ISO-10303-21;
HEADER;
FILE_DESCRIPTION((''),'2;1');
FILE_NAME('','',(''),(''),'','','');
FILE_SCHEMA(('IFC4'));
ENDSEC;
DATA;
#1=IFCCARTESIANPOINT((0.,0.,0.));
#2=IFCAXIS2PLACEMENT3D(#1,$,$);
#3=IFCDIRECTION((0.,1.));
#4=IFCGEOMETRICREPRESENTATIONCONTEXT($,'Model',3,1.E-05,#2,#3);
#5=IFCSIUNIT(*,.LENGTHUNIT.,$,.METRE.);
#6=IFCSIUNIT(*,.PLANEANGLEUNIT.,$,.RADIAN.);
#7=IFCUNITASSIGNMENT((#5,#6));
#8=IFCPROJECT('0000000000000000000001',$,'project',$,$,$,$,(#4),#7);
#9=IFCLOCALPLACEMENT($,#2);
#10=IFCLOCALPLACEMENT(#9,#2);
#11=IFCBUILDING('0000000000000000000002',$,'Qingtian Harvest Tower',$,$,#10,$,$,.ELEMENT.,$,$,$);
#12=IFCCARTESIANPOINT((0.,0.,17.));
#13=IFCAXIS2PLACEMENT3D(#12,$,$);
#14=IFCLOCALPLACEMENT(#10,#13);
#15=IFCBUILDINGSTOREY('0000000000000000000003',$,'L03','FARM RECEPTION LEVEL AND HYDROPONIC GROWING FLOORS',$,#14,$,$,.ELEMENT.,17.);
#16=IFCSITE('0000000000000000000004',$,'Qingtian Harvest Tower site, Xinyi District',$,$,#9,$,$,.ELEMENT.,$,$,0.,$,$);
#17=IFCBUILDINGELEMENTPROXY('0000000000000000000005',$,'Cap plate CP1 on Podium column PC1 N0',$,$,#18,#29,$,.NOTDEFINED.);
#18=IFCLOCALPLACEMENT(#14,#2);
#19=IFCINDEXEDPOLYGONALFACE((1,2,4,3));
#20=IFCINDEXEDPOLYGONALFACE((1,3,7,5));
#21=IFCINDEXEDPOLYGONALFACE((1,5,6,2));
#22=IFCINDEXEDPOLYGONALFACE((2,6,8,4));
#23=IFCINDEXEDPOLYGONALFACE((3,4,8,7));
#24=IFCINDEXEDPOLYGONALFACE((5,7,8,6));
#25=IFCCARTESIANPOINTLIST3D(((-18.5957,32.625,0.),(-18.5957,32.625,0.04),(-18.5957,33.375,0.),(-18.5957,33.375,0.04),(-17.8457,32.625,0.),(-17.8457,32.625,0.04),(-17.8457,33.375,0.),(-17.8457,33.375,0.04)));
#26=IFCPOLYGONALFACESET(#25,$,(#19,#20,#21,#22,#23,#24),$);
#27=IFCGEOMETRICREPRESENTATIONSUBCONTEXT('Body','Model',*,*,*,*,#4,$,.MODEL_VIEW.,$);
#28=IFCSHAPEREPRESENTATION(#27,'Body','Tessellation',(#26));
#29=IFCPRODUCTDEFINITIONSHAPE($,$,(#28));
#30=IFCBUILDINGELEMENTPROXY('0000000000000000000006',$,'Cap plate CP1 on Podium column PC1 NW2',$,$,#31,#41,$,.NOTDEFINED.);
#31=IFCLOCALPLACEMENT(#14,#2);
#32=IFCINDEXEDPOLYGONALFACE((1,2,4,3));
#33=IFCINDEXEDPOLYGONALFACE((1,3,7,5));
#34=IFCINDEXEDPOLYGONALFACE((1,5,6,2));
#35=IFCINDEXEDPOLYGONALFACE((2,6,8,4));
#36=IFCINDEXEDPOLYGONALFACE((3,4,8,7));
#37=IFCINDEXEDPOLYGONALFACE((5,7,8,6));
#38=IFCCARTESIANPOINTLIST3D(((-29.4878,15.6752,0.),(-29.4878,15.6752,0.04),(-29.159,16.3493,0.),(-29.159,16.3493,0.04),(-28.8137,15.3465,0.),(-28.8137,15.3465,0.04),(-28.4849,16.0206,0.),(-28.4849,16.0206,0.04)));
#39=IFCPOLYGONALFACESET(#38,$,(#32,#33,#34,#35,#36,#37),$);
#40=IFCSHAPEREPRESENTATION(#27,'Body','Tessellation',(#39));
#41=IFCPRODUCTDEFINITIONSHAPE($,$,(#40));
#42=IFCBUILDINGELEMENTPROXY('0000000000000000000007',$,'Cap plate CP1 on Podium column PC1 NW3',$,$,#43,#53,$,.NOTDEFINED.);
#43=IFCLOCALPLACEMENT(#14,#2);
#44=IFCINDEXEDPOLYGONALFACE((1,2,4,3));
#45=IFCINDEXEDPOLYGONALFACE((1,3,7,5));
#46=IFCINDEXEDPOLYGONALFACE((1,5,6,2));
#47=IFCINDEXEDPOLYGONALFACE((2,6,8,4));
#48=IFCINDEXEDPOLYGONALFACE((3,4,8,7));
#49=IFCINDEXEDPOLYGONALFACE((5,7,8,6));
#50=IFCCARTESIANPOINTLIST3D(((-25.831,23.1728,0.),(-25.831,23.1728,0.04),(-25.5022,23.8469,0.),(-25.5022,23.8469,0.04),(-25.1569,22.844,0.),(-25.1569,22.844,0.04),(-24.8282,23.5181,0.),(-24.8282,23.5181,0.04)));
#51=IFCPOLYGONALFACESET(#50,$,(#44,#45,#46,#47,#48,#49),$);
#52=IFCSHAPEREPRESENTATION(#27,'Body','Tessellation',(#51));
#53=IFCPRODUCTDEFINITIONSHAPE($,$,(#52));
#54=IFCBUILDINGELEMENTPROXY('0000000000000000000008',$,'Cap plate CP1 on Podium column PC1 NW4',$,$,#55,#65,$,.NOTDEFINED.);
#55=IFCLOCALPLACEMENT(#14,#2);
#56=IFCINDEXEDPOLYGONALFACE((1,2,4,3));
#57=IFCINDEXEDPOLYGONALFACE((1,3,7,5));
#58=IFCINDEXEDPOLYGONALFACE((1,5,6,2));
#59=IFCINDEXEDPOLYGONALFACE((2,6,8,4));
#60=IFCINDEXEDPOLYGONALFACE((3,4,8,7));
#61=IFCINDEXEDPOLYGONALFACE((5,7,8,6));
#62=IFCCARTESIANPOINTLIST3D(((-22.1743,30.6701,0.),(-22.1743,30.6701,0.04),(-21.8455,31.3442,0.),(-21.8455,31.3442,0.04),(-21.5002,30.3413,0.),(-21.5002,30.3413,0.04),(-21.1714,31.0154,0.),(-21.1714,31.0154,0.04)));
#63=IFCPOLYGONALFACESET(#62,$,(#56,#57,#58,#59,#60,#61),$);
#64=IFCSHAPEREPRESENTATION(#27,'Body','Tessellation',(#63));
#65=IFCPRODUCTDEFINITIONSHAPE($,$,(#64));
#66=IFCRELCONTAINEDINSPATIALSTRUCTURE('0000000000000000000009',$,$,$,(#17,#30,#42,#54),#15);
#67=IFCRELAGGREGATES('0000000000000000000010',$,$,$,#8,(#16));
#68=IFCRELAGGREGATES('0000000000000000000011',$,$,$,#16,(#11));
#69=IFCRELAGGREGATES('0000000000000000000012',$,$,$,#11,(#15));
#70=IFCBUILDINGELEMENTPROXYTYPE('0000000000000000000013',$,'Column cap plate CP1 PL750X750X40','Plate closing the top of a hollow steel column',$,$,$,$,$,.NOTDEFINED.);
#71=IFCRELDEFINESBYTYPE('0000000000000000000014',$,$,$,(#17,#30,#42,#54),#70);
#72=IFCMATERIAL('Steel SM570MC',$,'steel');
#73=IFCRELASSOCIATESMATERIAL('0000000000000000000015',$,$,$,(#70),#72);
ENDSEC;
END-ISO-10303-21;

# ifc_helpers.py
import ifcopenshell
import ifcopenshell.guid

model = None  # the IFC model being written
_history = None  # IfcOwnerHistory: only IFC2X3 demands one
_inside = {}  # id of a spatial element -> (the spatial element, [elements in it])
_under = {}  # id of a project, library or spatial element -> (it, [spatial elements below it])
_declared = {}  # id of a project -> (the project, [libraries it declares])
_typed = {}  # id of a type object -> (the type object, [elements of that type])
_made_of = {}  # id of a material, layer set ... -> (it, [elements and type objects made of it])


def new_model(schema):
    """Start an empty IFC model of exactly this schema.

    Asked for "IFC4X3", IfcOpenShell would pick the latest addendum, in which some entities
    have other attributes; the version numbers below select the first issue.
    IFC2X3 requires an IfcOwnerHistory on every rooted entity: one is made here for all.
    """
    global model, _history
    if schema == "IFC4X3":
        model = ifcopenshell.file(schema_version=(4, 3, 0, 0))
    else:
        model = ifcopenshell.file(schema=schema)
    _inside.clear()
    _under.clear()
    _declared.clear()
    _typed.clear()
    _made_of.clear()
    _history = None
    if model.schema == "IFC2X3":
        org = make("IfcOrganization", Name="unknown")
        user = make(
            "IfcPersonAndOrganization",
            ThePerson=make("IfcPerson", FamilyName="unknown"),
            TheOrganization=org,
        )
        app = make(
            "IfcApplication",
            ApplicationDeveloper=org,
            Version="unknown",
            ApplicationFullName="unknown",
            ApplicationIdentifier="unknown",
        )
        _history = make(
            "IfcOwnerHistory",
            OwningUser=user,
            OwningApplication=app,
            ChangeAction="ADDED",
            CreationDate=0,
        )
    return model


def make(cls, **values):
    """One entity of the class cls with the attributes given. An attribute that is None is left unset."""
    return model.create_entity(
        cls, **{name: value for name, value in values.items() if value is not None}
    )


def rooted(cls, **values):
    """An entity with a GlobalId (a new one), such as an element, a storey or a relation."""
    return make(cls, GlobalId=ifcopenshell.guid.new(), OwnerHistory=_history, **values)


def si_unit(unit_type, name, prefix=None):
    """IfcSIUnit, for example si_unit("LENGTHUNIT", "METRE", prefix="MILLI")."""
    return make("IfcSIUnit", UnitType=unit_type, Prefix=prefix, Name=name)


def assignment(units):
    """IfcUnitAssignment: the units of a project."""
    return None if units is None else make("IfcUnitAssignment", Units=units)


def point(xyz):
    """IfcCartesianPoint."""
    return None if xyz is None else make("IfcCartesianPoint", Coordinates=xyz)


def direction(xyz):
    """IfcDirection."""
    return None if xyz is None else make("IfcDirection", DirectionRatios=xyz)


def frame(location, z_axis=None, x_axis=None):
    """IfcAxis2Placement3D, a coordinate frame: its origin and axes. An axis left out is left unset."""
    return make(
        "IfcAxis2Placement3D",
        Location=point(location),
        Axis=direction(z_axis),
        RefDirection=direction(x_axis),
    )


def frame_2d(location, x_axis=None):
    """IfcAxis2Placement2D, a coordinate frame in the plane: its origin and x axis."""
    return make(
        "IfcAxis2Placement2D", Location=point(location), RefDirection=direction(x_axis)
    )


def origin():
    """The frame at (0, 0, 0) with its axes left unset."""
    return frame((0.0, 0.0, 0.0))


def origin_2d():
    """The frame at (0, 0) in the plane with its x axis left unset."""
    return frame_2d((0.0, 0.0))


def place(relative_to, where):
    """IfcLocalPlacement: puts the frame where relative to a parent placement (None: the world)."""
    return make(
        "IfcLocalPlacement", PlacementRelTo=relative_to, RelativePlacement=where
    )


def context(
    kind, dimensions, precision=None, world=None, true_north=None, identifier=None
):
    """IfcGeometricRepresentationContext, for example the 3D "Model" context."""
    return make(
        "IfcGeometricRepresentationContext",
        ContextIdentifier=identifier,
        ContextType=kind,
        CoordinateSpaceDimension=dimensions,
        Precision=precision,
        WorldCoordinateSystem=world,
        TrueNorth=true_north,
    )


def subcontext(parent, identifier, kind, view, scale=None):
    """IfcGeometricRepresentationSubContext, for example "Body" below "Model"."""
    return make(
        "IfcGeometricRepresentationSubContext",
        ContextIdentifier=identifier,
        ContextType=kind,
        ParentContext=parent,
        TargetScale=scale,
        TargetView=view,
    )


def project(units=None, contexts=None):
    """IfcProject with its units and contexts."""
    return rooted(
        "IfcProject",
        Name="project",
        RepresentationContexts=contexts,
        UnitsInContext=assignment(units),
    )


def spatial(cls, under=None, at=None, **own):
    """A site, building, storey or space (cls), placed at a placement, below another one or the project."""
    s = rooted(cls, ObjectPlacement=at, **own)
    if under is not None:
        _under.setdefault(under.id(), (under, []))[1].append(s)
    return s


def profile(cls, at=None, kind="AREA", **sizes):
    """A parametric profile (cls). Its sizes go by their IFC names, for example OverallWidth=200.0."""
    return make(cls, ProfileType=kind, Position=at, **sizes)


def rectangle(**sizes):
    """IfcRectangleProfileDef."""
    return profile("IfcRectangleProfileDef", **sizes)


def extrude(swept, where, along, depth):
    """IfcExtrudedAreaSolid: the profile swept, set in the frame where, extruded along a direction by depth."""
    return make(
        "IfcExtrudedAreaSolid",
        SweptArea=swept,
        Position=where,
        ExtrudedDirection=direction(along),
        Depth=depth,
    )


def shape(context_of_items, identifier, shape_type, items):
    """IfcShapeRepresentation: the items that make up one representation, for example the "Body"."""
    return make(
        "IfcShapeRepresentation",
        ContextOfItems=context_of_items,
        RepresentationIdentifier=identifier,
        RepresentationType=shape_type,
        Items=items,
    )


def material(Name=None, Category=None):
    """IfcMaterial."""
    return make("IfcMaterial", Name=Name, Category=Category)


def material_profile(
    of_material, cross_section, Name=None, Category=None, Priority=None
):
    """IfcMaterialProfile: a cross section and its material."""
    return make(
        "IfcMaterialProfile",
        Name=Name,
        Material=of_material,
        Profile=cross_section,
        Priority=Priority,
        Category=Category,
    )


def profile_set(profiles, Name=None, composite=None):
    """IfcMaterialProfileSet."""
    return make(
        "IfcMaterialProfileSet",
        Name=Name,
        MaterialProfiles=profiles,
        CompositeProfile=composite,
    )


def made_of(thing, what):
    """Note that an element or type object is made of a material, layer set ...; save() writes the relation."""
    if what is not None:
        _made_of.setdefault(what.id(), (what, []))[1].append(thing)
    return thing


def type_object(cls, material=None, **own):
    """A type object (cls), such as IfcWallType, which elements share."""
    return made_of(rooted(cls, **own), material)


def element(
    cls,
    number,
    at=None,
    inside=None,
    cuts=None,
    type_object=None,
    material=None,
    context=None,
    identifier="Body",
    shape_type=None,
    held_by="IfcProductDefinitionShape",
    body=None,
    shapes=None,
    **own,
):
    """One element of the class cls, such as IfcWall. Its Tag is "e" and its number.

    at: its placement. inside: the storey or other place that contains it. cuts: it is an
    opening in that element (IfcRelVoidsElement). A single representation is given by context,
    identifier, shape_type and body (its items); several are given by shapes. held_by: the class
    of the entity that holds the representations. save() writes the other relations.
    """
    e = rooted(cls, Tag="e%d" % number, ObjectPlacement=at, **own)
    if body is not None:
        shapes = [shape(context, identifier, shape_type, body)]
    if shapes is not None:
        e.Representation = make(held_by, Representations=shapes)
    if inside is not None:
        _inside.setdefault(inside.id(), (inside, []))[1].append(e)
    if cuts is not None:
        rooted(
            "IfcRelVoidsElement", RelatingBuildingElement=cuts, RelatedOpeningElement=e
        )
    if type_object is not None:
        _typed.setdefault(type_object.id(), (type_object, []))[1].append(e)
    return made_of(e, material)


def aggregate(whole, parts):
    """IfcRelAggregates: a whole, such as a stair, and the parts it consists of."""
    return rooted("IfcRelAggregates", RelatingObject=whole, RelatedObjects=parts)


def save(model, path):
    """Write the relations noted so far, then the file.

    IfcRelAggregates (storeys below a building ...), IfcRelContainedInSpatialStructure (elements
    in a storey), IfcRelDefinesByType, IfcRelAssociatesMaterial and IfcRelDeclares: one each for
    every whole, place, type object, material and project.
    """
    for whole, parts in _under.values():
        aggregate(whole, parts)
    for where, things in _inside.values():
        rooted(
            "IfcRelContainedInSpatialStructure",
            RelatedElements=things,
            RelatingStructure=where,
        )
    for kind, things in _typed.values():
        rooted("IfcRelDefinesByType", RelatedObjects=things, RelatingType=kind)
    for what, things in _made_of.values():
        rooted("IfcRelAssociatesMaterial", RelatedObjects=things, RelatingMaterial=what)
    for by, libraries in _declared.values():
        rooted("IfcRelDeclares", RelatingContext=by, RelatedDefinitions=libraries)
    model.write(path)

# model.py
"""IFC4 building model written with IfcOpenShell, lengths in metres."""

from ifc_helpers import new_model, si_unit, direction, frame, origin, origin_2d, place, context, subcontext, project, spatial, rectangle, extrude, material, material_profile, profile_set, type_object, element, save


model = new_model("IFC4")

# Units and contexts
model_context = context("Model", 3, precision=1e-05, world=origin(), true_north=direction((0.0, 1.0)))
body_context = subcontext(model_context, "Body", "Model", "MODEL_VIEW")
ifc_project = project(units=[si_unit("LENGTHUNIT", "METRE"), si_unit("PLANEANGLEUNIT", "RADIAN")], contexts=[model_context])

# Site, building, storey
site_placement = place(None, origin())
site = spatial("IfcSite", under=ifc_project, at=site_placement, Name="Qingtian Harvest Tower site, Xinyi District", CompositionType="ELEMENT", RefElevation=0.0)
building_placement = place(site_placement, origin())
building = spatial("IfcBuilding", under=site, at=building_placement, Name="Qingtian Harvest Tower", CompositionType="ELEMENT")
storey_placement = place(building_placement, frame((0.0, 0.0, 17.0)))
storey = spatial("IfcBuildingStorey", under=building, at=storey_placement, Name="L03", Description="FARM RECEPTION LEVEL AND HYDROPONIC GROWING FLOORS", CompositionType="ELEMENT", Elevation=17.0)

# Building element proxies
ifc_material_1 = material(Name="Steel SM570MC", Category="steel")
ifc_material_profile_1 = material_profile(ifc_material_1, rectangle(XDim=0.75, YDim=0.75, at=origin_2d()), Name="PL750X750X40")
ifc_profile_set_1 = profile_set([ifc_material_profile_1], Name="Steel SM570MC")
building_element_proxy_type = type_object("IfcBuildingElementProxyType", Name="Column cap plate CP1 PL750X750X40", Description="Plate closing the top of a hollow steel column", PredefinedType="NOTDEFINED", material=ifc_profile_set_1)
for number, where, z_axis, x_axis, name in (
    (1, (-18.2207, 33.0, 0.0), (0.0, 0.0, 1.0), (-1.0, 0.0, 0.0), "Cap plate CP1 on Podium column PC1 N0"),
    (2, (-28.9863, 15.8479, 0.0), (0.0, 0.0, 1.0), (-0.438371, -0.898794, 0.0), "Cap plate CP1 on Podium column PC1 NW2"),
    (3, (-25.3296, 23.3455, 0.0), (0.0, 0.0, 1.0), (-0.438371, -0.898794, 0.0), "Cap plate CP1 on Podium column PC1 NW3"),
    (4, (-21.6729, 30.8428, 0.0), (0.0, 0.0, 1.0), (-0.438371, -0.898794, 0.0), "Cap plate CP1 on Podium column PC1 NW4"),
):
    element("IfcBuildingElementProxy", number, at=place(storey_placement, frame(where, z_axis=z_axis, x_axis=x_axis)), inside=storey, type_object=building_element_proxy_type, Name=name, PredefinedType="NOTDEFINED", context=body_context, shape_type="SweptSolid", body=[
        extrude(rectangle(XDim=0.75, YDim=0.75, at=origin_2d()), origin(), (0.0, 0.0, 1.0), 0.04),
    ])

save(model, "model.ifc")
